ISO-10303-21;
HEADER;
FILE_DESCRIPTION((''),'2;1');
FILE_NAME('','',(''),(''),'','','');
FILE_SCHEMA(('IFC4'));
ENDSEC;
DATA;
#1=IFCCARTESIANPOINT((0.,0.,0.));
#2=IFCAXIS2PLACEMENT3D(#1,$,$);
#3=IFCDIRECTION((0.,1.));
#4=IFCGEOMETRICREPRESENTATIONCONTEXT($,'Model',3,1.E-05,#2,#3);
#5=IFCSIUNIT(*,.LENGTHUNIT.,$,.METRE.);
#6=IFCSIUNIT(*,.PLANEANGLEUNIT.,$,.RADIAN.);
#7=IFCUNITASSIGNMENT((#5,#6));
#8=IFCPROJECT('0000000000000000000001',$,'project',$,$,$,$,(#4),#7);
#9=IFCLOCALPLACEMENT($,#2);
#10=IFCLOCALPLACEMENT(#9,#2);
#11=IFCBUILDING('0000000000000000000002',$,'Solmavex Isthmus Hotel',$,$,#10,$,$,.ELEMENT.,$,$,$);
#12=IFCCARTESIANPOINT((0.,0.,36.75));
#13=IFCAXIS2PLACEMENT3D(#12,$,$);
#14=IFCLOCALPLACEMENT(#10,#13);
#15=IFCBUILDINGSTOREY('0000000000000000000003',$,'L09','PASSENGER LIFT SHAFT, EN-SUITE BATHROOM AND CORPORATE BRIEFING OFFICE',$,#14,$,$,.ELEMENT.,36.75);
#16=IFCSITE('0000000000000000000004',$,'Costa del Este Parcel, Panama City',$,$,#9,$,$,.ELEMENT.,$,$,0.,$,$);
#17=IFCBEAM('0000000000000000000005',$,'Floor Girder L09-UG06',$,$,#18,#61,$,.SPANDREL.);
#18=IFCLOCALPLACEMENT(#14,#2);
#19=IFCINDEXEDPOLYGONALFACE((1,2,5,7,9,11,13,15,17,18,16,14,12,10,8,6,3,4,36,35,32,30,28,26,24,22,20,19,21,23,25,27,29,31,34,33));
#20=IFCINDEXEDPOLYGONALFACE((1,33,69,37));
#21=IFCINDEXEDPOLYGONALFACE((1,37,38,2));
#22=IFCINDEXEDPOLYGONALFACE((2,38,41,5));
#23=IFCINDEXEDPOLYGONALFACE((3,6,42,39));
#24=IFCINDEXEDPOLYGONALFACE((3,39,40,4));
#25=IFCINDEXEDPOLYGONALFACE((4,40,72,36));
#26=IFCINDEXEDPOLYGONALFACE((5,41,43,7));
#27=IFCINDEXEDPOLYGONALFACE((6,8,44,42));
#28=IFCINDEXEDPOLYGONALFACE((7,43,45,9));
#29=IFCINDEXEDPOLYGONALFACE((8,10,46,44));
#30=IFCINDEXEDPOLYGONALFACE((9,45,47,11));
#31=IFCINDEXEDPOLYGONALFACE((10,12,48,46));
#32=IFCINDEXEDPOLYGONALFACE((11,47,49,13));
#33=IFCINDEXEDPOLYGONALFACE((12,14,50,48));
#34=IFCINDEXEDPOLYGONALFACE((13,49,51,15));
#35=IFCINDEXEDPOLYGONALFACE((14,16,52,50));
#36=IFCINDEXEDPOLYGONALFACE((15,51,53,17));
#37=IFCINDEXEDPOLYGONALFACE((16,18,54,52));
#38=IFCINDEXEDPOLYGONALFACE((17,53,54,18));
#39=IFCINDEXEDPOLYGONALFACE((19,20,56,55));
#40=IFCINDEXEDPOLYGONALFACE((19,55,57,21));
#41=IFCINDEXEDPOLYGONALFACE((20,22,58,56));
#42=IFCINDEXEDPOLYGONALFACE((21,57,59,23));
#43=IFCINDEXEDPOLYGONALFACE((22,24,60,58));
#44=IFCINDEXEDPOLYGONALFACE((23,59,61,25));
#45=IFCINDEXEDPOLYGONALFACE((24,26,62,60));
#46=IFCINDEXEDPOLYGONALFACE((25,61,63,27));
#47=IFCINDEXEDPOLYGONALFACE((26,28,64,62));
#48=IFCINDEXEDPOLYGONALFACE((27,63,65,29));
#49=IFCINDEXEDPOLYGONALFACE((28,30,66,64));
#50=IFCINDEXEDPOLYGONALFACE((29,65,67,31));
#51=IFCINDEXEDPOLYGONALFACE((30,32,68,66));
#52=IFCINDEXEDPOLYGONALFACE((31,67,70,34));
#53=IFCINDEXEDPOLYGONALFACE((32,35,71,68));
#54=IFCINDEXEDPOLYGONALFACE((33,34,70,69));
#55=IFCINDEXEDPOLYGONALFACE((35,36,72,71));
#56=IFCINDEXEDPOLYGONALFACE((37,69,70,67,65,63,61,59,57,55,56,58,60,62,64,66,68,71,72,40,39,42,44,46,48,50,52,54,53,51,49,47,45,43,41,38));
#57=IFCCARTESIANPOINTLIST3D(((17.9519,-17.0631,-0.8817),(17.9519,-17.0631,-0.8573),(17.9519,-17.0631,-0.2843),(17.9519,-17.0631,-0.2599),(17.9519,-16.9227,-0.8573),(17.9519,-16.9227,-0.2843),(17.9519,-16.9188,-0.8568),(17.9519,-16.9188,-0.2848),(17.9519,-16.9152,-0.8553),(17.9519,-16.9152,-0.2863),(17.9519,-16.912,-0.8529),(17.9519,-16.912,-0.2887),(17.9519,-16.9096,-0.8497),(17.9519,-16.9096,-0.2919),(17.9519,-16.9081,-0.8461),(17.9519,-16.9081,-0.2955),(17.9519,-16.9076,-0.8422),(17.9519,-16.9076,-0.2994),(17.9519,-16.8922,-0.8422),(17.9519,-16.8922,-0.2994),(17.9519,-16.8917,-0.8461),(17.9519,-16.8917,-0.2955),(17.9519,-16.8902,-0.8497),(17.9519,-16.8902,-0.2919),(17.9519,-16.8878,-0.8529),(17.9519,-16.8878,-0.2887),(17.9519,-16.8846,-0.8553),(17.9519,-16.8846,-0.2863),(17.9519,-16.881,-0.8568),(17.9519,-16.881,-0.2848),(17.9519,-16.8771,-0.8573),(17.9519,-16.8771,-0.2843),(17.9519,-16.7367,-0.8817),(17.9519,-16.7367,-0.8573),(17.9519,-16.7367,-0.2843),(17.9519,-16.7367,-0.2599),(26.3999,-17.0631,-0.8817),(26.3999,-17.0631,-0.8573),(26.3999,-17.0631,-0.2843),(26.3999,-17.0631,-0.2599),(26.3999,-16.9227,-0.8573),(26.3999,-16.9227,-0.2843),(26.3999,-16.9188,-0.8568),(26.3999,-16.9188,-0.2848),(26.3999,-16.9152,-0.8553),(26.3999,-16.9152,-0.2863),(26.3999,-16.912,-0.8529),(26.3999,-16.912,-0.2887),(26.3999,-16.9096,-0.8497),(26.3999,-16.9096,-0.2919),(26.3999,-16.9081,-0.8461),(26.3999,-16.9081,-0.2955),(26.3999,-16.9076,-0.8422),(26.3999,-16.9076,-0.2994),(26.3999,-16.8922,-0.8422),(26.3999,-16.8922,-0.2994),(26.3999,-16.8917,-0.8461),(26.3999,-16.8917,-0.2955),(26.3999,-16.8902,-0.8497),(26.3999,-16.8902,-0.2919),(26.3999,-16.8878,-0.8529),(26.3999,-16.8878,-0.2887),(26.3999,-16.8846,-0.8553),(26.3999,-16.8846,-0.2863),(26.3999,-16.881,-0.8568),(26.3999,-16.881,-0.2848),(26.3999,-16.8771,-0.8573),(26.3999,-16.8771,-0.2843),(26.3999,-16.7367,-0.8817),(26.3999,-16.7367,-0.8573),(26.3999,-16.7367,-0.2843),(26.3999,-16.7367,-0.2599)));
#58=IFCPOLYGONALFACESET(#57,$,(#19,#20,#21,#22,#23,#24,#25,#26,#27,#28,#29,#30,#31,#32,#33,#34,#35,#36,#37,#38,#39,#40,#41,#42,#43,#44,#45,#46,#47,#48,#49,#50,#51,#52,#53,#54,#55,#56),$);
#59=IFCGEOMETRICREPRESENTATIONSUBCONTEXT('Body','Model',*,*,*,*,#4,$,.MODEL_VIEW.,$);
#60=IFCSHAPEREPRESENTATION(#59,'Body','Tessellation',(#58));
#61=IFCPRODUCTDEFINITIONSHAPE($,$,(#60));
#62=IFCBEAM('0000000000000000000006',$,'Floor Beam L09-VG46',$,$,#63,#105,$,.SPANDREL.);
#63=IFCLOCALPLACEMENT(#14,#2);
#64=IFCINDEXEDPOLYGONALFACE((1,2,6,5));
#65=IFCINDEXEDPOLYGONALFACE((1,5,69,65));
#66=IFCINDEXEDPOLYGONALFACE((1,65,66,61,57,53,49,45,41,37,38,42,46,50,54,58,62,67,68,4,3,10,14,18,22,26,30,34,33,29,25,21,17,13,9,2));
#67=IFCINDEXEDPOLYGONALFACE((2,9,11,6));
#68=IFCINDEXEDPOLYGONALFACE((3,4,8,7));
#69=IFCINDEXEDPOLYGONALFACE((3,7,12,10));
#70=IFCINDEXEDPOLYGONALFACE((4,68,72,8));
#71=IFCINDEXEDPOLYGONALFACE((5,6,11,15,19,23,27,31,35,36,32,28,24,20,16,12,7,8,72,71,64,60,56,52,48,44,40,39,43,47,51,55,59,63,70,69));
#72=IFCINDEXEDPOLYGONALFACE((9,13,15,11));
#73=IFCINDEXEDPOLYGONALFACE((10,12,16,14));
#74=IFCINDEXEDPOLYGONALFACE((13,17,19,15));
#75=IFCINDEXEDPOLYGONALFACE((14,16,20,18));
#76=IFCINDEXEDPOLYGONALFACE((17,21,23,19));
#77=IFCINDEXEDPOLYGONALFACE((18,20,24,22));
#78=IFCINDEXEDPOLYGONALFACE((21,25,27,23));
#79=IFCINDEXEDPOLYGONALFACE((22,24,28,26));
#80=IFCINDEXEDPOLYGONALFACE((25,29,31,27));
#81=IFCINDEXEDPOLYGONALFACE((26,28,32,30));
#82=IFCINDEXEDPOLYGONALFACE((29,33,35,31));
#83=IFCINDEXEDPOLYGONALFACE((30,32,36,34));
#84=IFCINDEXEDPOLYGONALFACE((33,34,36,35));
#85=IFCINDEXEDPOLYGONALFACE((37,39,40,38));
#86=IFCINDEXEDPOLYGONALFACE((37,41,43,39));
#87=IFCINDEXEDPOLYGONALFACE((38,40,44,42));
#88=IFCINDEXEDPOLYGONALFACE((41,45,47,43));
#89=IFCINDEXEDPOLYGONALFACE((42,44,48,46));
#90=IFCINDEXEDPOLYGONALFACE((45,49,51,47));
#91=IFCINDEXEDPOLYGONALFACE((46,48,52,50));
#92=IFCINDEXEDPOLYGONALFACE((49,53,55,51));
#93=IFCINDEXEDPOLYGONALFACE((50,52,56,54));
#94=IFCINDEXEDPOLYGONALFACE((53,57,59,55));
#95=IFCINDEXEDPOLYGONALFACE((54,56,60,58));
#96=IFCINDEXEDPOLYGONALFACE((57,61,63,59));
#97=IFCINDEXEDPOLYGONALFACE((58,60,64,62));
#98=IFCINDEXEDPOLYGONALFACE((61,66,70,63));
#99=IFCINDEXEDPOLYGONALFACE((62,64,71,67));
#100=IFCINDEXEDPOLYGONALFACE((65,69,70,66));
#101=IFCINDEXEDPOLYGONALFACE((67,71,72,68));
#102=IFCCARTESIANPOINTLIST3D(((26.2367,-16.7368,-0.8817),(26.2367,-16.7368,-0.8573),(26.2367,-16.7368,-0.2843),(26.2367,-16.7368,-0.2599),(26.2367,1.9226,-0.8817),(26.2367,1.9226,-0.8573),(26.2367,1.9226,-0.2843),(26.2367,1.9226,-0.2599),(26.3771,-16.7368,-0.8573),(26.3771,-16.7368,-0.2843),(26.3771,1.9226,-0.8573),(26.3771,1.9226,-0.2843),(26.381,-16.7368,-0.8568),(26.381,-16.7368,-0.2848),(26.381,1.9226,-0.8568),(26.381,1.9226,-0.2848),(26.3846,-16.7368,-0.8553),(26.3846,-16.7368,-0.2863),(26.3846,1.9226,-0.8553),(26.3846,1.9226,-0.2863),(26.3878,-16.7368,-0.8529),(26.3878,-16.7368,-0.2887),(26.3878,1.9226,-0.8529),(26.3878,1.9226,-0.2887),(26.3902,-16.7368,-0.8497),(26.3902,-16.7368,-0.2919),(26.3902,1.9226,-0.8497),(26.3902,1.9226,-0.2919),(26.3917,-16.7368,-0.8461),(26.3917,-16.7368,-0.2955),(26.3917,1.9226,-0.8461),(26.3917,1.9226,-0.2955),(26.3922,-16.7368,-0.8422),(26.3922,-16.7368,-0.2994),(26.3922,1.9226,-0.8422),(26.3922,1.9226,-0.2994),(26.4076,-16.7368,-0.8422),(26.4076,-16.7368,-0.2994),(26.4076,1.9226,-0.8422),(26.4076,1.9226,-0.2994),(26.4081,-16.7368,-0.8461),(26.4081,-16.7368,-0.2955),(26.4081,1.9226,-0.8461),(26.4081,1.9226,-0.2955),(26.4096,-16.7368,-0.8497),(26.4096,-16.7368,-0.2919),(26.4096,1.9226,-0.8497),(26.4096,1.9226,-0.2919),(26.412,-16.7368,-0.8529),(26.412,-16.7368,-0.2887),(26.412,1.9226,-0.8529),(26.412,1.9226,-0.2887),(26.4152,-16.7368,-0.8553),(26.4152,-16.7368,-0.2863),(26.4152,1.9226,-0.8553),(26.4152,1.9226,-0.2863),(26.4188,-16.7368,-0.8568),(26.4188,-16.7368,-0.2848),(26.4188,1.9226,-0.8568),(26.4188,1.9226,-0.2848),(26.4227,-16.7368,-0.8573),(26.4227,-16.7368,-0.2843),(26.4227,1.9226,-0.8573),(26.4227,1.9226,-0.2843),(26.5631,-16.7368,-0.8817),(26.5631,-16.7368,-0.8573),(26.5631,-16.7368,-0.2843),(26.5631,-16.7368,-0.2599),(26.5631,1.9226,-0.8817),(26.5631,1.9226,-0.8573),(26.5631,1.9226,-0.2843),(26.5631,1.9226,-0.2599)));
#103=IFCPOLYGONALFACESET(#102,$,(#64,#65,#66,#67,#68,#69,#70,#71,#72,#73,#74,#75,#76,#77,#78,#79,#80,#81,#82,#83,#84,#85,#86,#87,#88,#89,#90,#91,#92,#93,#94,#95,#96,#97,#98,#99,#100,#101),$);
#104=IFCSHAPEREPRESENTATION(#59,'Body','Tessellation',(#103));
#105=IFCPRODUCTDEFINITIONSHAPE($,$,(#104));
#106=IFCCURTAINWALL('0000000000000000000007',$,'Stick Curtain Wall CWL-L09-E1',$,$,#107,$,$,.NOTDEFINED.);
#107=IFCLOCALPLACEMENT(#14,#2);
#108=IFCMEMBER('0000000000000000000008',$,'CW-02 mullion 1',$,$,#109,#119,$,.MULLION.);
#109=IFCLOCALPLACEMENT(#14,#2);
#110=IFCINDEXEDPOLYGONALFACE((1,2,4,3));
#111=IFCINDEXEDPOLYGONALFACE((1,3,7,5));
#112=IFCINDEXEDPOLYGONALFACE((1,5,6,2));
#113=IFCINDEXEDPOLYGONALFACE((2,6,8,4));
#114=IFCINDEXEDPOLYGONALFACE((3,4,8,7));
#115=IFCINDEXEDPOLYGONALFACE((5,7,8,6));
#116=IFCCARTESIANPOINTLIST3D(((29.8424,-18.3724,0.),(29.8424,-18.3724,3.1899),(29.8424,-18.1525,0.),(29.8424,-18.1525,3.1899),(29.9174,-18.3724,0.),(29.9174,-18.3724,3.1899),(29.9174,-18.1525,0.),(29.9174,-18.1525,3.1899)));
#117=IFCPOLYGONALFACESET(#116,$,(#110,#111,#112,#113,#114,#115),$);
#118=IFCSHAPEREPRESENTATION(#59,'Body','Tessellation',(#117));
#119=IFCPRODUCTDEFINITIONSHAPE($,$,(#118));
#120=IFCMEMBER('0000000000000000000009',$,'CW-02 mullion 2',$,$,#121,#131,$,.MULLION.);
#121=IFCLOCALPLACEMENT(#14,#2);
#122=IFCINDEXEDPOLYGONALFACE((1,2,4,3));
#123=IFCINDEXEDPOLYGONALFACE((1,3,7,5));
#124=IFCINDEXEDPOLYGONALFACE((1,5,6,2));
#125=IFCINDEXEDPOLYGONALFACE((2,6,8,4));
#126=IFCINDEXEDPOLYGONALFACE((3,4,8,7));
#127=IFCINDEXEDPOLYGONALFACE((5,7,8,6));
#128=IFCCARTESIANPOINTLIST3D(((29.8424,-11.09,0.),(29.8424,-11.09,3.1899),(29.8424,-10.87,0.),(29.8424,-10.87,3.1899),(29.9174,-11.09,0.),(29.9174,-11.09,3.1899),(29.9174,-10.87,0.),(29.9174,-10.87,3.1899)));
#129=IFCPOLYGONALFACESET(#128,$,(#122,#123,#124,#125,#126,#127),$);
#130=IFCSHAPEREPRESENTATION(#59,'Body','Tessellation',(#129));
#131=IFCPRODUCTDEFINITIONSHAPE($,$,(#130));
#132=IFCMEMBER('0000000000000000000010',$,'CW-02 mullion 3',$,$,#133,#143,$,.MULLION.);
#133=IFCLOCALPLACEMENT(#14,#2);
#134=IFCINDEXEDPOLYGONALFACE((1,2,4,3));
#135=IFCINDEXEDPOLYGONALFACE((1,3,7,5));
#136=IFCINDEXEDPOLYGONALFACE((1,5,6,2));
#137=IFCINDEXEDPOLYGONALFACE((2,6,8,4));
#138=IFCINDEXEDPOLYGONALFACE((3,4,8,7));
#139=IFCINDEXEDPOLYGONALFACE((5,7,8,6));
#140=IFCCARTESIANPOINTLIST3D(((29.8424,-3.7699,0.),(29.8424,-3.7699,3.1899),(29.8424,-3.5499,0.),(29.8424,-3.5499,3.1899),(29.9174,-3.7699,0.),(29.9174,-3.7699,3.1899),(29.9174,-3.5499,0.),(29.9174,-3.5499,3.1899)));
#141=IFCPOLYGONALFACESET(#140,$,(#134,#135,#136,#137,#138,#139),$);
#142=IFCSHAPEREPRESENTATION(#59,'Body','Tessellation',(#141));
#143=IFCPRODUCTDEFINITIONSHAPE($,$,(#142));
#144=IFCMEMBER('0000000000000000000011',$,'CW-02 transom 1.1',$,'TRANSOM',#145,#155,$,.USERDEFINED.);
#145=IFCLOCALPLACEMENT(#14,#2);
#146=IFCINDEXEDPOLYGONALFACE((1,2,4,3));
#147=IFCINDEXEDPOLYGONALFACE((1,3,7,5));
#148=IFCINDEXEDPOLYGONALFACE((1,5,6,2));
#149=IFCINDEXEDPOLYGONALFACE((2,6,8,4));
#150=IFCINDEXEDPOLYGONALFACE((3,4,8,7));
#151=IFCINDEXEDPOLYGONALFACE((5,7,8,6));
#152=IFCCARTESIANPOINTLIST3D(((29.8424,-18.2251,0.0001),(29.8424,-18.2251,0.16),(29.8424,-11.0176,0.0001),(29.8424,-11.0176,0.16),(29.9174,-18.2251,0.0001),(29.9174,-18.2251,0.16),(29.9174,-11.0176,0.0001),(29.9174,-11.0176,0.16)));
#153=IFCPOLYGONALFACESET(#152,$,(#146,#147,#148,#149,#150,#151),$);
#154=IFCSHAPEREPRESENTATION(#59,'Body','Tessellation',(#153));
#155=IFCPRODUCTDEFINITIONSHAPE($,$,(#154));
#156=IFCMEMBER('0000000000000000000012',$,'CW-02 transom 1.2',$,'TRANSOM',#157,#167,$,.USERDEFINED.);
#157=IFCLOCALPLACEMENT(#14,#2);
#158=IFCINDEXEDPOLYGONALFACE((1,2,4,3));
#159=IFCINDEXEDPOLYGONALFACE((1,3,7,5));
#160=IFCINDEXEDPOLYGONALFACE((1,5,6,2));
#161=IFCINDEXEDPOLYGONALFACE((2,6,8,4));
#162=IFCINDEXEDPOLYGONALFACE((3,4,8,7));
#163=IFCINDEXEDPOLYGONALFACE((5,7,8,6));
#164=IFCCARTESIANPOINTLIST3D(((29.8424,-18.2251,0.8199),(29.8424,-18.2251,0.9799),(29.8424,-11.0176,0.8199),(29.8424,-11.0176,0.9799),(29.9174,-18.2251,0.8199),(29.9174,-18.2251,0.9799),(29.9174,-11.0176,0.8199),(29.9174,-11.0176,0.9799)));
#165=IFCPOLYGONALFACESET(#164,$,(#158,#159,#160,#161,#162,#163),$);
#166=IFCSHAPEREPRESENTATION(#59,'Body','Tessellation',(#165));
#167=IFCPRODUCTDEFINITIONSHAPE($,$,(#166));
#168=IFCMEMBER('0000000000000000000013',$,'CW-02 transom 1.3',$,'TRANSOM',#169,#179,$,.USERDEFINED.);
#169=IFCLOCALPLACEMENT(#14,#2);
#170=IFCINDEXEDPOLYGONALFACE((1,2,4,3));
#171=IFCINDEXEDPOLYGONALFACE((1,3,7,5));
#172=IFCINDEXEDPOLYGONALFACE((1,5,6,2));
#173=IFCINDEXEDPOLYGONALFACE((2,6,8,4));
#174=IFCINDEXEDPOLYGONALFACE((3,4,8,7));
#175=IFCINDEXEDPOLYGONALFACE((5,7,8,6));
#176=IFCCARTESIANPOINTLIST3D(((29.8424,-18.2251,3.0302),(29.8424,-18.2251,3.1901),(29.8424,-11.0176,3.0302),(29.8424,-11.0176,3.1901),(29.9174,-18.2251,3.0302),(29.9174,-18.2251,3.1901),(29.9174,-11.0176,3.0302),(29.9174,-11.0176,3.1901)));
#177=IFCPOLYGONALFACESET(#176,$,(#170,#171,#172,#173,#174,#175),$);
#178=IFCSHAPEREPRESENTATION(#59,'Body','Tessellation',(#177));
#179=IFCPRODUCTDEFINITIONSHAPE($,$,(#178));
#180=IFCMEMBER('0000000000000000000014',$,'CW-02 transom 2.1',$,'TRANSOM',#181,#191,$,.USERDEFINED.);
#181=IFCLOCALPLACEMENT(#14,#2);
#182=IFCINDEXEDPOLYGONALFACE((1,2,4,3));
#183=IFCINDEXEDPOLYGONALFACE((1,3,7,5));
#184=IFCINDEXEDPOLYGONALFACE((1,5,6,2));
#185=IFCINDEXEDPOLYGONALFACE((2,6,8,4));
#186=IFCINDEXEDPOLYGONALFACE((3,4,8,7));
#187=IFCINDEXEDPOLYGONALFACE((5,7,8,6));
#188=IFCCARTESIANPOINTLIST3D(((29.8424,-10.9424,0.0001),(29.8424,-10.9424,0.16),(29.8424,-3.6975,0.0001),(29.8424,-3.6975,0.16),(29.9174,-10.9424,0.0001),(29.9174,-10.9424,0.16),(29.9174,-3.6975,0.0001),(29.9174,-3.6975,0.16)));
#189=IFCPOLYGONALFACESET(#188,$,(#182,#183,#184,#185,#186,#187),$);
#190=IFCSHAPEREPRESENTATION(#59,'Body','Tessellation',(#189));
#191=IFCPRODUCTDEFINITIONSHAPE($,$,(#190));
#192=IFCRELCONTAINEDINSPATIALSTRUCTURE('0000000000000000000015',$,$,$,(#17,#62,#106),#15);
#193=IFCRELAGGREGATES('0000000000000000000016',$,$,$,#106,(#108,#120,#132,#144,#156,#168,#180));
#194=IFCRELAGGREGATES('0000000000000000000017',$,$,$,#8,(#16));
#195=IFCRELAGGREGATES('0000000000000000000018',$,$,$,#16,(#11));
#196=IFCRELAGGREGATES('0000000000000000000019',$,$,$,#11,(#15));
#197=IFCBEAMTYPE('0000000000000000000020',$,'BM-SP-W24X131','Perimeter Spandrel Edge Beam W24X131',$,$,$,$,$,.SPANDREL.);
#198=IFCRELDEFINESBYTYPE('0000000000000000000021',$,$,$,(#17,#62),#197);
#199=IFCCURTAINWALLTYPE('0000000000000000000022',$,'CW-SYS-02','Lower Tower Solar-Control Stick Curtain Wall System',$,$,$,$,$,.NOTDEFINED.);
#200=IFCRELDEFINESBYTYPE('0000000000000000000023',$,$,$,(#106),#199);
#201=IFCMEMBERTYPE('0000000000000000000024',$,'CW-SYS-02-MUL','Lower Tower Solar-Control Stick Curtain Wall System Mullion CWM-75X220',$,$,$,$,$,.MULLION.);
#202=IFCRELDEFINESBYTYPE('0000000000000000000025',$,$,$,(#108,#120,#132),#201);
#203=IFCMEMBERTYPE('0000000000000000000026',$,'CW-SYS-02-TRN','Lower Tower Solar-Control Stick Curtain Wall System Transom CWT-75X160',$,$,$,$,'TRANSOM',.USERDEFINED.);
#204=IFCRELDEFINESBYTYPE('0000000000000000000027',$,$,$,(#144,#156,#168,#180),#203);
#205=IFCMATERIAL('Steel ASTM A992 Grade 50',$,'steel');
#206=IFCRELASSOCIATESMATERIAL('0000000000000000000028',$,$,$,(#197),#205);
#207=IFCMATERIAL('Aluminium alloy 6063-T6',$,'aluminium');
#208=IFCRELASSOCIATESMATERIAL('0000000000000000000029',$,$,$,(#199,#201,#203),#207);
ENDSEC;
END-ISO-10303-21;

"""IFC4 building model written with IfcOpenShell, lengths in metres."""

from ifc_helpers import new_model, si_unit, direction, frame, origin, origin_2d, place, context, subcontext, project, spatial, rectangle, i_section, extrude, material, material_profile, profile_set, type_object, element, aggregate, save


model = new_model("IFC4")

# Units and contexts
model_context = context("Model", 3, precision=1e-05, world=origin(), true_north=direction((0.0, 1.0)))
body_context = subcontext(model_context, "Body", "Model", "MODEL_VIEW")
ifc_project = project(units=[si_unit("LENGTHUNIT", "METRE"), si_unit("PLANEANGLEUNIT", "RADIAN")], contexts=[model_context])

# Site, building, storey
site_placement = place(None, origin())
site = spatial("IfcSite", under=ifc_project, at=site_placement, Name="Costa del Este Parcel, Panama City", CompositionType="ELEMENT", RefElevation=0.0)
building_placement = place(site_placement, origin())
building = spatial("IfcBuilding", under=site, at=building_placement, Name="Solmavex Isthmus Hotel", CompositionType="ELEMENT")
storey_placement = place(building_placement, frame((0.0, 0.0, 36.75)))
storey = spatial("IfcBuildingStorey", under=building, at=storey_placement, Name="L09", Description="PASSENGER LIFT SHAFT, EN-SUITE BATHROOM AND CORPORATE BRIEFING OFFICE", CompositionType="ELEMENT", Elevation=36.75)

# Beams
ifc_material_1 = material(Name="Steel ASTM A992 Grade 50", Category="steel")
ifc_material_profile_1 = material_profile(ifc_material_1, i_section(OverallWidth=0.3264, OverallDepth=0.6218, WebThickness=0.0154, FlangeThickness=0.0244, FilletRadius=0.0151, at=origin_2d()), Name="W24X131")
ifc_profile_set_1 = profile_set([ifc_material_profile_1], Name="Steel ASTM A992 Grade 50")
beam_type_1 = type_object("IfcBeamType", Name="BM-SP-W24X131", Description="Perimeter Spandrel Edge Beam W24X131", PredefinedType="SPANDREL", material=ifc_profile_set_1)
beam_1_placement = place(storey_placement, frame((17.9519, -16.8999, -0.5708), z_axis=(1.0, 0.0, 0.0), x_axis=(0.0, 1.0, 0.0)))
element("IfcBeam", 1, at=beam_1_placement, inside=storey, type_object=beam_type_1, Name="Floor Girder L09-UG06", PredefinedType="SPANDREL", context=body_context, shape_type="SweptSolid", body=[
    extrude(i_section(OverallWidth=0.3264, OverallDepth=0.6218, WebThickness=0.0154, FlangeThickness=0.0244, FilletRadius=0.0151, at=origin_2d()), origin(), (0.0, 0.0, 1.0), 8.448),
])
beam_2_placement = place(storey_placement, frame((26.3999, -16.7368, -0.5708), z_axis=(0.0, 1.0, 0.0), x_axis=(-1.0, 0.0, 0.0)))
element("IfcBeam", 2, at=beam_2_placement, inside=storey, type_object=beam_type_1, Name="Floor Beam L09-VG46", PredefinedType="SPANDREL", context=body_context, shape_type="SweptSolid", body=[
    extrude(i_section(OverallWidth=0.3264, OverallDepth=0.6218, WebThickness=0.0154, FlangeThickness=0.0244, FilletRadius=0.0151, at=origin_2d()), origin(), (0.0, 0.0, 1.0), 18.6594),
])

# Curtain wall, members
ifc_material_2 = material(Name="Aluminium alloy 6063-T6", Category="aluminium")
curtain_wall_type = type_object("IfcCurtainWallType", Name="CW-SYS-02", Description="Lower Tower Solar-Control Stick Curtain Wall System", PredefinedType="NOTDEFINED", material=ifc_material_2)
curtain_wall_placement = place(storey_placement, origin())
curtain_wall = element("IfcCurtainWall", 3, at=curtain_wall_placement, inside=storey, type_object=curtain_wall_type, Name="Stick Curtain Wall CWL-L09-E1", PredefinedType="NOTDEFINED")
ifc_material_profile_2 = material_profile(ifc_material_2, rectangle(XDim=0.075, YDim=0.22, at=origin_2d()), Name="CWM-75X220")
ifc_profile_set_2 = profile_set([ifc_material_profile_2], Name="Aluminium alloy 6063-T6")
member_type_1 = type_object("IfcMemberType", Name="CW-SYS-02-MUL", Description="Lower Tower Solar-Control Stick Curtain Wall System Mullion CWM-75X220", PredefinedType="MULLION", material=ifc_profile_set_2)
member_1_placement = place(storey_placement, frame((29.8799, -18.2625, 0.0), z_axis=(0.0, 0.0, 1.0), x_axis=(-1.0, 0.0, 0.0)))
member_1 = element("IfcMember", 4, at=member_1_placement, type_object=member_type_1, Name="CW-02 mullion 1", PredefinedType="MULLION", context=body_context, shape_type="SweptSolid", body=[
    extrude(rectangle(XDim=0.075, YDim=0.22, at=origin_2d()), origin(), (0.0, 0.0, 1.0), 3.1899),
])
member_2_placement = place(storey_placement, frame((29.8799, -10.98, 0.0), z_axis=(0.0, 0.0, 1.0), x_axis=(-1.0, 0.0, 0.0)))
member_2 = element("IfcMember", 5, at=member_2_placement, type_object=member_type_1, Name="CW-02 mullion 2", PredefinedType="MULLION", context=body_context, shape_type="SweptSolid", body=[
    extrude(rectangle(XDim=0.075, YDim=0.22, at=origin_2d()), origin(), (0.0, 0.0, 1.0), 3.1899),
])
member_3_placement = place(storey_placement, frame((29.8799, -3.6599, 0.0), z_axis=(0.0, 0.0, 1.0), x_axis=(-1.0, 0.0, 0.0)))
member_3 = element("IfcMember", 6, at=member_3_placement, type_object=member_type_1, Name="CW-02 mullion 3", PredefinedType="MULLION", context=body_context, shape_type="SweptSolid", body=[
    extrude(rectangle(XDim=0.075, YDim=0.22, at=origin_2d()), origin(), (0.0, 0.0, 1.0), 3.1899),
])
ifc_material_profile_3 = material_profile(ifc_material_2, rectangle(XDim=0.075, YDim=0.1599, at=origin_2d()), Name="CWT-75X160")
ifc_profile_set_3 = profile_set([ifc_material_profile_3], Name="Aluminium alloy 6063-T6")
member_type_2 = type_object("IfcMemberType", Name="CW-SYS-02-TRN", Description="Lower Tower Solar-Control Stick Curtain Wall System Transom CWT-75X160", ElementType="TRANSOM", PredefinedType="USERDEFINED", material=ifc_profile_set_3)
member_4_placement = place(storey_placement, frame((29.8799, -18.2251, 0.0801), z_axis=(0.0, 1.0, 0.0), x_axis=(-1.0, 0.0, 0.0)))
member_4 = element("IfcMember", 7, at=member_4_placement, type_object=member_type_2, Name="CW-02 transom 1.1", ObjectType="TRANSOM", PredefinedType="USERDEFINED", context=body_context, shape_type="SweptSolid", body=[
    extrude(rectangle(XDim=0.075, YDim=0.1599, at=origin_2d()), origin(), (0.0, 0.0, 1.0), 7.2075),
])
member_5_placement = place(storey_placement, frame((29.8799, -18.2251, 0.8999), z_axis=(0.0, 1.0, 0.0), x_axis=(-1.0, 0.0, 0.0)))
member_5 = element("IfcMember", 8, at=member_5_placement, type_object=member_type_2, Name="CW-02 transom 1.2", ObjectType="TRANSOM", PredefinedType="USERDEFINED", context=body_context, shape_type="SweptSolid", body=[
    extrude(rectangle(XDim=0.075, YDim=0.1599, at=origin_2d()), origin(), (0.0, 0.0, 1.0), 7.2075),
])
member_6_placement = place(storey_placement, frame((29.8799, -18.2251, 3.1101), z_axis=(0.0, 1.0, 0.0), x_axis=(-1.0, 0.0, 0.0)))
member_6 = element("IfcMember", 9, at=member_6_placement, type_object=member_type_2, Name="CW-02 transom 1.3", ObjectType="TRANSOM", PredefinedType="USERDEFINED", context=body_context, shape_type="SweptSolid", body=[
    extrude(rectangle(XDim=0.075, YDim=0.1599, at=origin_2d()), origin(), (0.0, 0.0, 1.0), 7.2075),
])
member_7_placement = place(storey_placement, frame((29.8799, -10.9424, 0.0801), z_axis=(0.0, 1.0, 0.0), x_axis=(-1.0, 0.0, 0.0)))
member_7 = element("IfcMember", 10, at=member_7_placement, type_object=member_type_2, Name="CW-02 transom 2.1", ObjectType="TRANSOM", PredefinedType="USERDEFINED", context=body_context, shape_type="SweptSolid", body=[
    extrude(rectangle(XDim=0.075, YDim=0.1599, at=origin_2d()), origin(), (0.0, 0.0, 1.0), 7.2449),
])
aggregate(curtain_wall, [member_1, member_2, member_3, member_4, member_5, member_6, member_7])

save(model, "model.ifc")
